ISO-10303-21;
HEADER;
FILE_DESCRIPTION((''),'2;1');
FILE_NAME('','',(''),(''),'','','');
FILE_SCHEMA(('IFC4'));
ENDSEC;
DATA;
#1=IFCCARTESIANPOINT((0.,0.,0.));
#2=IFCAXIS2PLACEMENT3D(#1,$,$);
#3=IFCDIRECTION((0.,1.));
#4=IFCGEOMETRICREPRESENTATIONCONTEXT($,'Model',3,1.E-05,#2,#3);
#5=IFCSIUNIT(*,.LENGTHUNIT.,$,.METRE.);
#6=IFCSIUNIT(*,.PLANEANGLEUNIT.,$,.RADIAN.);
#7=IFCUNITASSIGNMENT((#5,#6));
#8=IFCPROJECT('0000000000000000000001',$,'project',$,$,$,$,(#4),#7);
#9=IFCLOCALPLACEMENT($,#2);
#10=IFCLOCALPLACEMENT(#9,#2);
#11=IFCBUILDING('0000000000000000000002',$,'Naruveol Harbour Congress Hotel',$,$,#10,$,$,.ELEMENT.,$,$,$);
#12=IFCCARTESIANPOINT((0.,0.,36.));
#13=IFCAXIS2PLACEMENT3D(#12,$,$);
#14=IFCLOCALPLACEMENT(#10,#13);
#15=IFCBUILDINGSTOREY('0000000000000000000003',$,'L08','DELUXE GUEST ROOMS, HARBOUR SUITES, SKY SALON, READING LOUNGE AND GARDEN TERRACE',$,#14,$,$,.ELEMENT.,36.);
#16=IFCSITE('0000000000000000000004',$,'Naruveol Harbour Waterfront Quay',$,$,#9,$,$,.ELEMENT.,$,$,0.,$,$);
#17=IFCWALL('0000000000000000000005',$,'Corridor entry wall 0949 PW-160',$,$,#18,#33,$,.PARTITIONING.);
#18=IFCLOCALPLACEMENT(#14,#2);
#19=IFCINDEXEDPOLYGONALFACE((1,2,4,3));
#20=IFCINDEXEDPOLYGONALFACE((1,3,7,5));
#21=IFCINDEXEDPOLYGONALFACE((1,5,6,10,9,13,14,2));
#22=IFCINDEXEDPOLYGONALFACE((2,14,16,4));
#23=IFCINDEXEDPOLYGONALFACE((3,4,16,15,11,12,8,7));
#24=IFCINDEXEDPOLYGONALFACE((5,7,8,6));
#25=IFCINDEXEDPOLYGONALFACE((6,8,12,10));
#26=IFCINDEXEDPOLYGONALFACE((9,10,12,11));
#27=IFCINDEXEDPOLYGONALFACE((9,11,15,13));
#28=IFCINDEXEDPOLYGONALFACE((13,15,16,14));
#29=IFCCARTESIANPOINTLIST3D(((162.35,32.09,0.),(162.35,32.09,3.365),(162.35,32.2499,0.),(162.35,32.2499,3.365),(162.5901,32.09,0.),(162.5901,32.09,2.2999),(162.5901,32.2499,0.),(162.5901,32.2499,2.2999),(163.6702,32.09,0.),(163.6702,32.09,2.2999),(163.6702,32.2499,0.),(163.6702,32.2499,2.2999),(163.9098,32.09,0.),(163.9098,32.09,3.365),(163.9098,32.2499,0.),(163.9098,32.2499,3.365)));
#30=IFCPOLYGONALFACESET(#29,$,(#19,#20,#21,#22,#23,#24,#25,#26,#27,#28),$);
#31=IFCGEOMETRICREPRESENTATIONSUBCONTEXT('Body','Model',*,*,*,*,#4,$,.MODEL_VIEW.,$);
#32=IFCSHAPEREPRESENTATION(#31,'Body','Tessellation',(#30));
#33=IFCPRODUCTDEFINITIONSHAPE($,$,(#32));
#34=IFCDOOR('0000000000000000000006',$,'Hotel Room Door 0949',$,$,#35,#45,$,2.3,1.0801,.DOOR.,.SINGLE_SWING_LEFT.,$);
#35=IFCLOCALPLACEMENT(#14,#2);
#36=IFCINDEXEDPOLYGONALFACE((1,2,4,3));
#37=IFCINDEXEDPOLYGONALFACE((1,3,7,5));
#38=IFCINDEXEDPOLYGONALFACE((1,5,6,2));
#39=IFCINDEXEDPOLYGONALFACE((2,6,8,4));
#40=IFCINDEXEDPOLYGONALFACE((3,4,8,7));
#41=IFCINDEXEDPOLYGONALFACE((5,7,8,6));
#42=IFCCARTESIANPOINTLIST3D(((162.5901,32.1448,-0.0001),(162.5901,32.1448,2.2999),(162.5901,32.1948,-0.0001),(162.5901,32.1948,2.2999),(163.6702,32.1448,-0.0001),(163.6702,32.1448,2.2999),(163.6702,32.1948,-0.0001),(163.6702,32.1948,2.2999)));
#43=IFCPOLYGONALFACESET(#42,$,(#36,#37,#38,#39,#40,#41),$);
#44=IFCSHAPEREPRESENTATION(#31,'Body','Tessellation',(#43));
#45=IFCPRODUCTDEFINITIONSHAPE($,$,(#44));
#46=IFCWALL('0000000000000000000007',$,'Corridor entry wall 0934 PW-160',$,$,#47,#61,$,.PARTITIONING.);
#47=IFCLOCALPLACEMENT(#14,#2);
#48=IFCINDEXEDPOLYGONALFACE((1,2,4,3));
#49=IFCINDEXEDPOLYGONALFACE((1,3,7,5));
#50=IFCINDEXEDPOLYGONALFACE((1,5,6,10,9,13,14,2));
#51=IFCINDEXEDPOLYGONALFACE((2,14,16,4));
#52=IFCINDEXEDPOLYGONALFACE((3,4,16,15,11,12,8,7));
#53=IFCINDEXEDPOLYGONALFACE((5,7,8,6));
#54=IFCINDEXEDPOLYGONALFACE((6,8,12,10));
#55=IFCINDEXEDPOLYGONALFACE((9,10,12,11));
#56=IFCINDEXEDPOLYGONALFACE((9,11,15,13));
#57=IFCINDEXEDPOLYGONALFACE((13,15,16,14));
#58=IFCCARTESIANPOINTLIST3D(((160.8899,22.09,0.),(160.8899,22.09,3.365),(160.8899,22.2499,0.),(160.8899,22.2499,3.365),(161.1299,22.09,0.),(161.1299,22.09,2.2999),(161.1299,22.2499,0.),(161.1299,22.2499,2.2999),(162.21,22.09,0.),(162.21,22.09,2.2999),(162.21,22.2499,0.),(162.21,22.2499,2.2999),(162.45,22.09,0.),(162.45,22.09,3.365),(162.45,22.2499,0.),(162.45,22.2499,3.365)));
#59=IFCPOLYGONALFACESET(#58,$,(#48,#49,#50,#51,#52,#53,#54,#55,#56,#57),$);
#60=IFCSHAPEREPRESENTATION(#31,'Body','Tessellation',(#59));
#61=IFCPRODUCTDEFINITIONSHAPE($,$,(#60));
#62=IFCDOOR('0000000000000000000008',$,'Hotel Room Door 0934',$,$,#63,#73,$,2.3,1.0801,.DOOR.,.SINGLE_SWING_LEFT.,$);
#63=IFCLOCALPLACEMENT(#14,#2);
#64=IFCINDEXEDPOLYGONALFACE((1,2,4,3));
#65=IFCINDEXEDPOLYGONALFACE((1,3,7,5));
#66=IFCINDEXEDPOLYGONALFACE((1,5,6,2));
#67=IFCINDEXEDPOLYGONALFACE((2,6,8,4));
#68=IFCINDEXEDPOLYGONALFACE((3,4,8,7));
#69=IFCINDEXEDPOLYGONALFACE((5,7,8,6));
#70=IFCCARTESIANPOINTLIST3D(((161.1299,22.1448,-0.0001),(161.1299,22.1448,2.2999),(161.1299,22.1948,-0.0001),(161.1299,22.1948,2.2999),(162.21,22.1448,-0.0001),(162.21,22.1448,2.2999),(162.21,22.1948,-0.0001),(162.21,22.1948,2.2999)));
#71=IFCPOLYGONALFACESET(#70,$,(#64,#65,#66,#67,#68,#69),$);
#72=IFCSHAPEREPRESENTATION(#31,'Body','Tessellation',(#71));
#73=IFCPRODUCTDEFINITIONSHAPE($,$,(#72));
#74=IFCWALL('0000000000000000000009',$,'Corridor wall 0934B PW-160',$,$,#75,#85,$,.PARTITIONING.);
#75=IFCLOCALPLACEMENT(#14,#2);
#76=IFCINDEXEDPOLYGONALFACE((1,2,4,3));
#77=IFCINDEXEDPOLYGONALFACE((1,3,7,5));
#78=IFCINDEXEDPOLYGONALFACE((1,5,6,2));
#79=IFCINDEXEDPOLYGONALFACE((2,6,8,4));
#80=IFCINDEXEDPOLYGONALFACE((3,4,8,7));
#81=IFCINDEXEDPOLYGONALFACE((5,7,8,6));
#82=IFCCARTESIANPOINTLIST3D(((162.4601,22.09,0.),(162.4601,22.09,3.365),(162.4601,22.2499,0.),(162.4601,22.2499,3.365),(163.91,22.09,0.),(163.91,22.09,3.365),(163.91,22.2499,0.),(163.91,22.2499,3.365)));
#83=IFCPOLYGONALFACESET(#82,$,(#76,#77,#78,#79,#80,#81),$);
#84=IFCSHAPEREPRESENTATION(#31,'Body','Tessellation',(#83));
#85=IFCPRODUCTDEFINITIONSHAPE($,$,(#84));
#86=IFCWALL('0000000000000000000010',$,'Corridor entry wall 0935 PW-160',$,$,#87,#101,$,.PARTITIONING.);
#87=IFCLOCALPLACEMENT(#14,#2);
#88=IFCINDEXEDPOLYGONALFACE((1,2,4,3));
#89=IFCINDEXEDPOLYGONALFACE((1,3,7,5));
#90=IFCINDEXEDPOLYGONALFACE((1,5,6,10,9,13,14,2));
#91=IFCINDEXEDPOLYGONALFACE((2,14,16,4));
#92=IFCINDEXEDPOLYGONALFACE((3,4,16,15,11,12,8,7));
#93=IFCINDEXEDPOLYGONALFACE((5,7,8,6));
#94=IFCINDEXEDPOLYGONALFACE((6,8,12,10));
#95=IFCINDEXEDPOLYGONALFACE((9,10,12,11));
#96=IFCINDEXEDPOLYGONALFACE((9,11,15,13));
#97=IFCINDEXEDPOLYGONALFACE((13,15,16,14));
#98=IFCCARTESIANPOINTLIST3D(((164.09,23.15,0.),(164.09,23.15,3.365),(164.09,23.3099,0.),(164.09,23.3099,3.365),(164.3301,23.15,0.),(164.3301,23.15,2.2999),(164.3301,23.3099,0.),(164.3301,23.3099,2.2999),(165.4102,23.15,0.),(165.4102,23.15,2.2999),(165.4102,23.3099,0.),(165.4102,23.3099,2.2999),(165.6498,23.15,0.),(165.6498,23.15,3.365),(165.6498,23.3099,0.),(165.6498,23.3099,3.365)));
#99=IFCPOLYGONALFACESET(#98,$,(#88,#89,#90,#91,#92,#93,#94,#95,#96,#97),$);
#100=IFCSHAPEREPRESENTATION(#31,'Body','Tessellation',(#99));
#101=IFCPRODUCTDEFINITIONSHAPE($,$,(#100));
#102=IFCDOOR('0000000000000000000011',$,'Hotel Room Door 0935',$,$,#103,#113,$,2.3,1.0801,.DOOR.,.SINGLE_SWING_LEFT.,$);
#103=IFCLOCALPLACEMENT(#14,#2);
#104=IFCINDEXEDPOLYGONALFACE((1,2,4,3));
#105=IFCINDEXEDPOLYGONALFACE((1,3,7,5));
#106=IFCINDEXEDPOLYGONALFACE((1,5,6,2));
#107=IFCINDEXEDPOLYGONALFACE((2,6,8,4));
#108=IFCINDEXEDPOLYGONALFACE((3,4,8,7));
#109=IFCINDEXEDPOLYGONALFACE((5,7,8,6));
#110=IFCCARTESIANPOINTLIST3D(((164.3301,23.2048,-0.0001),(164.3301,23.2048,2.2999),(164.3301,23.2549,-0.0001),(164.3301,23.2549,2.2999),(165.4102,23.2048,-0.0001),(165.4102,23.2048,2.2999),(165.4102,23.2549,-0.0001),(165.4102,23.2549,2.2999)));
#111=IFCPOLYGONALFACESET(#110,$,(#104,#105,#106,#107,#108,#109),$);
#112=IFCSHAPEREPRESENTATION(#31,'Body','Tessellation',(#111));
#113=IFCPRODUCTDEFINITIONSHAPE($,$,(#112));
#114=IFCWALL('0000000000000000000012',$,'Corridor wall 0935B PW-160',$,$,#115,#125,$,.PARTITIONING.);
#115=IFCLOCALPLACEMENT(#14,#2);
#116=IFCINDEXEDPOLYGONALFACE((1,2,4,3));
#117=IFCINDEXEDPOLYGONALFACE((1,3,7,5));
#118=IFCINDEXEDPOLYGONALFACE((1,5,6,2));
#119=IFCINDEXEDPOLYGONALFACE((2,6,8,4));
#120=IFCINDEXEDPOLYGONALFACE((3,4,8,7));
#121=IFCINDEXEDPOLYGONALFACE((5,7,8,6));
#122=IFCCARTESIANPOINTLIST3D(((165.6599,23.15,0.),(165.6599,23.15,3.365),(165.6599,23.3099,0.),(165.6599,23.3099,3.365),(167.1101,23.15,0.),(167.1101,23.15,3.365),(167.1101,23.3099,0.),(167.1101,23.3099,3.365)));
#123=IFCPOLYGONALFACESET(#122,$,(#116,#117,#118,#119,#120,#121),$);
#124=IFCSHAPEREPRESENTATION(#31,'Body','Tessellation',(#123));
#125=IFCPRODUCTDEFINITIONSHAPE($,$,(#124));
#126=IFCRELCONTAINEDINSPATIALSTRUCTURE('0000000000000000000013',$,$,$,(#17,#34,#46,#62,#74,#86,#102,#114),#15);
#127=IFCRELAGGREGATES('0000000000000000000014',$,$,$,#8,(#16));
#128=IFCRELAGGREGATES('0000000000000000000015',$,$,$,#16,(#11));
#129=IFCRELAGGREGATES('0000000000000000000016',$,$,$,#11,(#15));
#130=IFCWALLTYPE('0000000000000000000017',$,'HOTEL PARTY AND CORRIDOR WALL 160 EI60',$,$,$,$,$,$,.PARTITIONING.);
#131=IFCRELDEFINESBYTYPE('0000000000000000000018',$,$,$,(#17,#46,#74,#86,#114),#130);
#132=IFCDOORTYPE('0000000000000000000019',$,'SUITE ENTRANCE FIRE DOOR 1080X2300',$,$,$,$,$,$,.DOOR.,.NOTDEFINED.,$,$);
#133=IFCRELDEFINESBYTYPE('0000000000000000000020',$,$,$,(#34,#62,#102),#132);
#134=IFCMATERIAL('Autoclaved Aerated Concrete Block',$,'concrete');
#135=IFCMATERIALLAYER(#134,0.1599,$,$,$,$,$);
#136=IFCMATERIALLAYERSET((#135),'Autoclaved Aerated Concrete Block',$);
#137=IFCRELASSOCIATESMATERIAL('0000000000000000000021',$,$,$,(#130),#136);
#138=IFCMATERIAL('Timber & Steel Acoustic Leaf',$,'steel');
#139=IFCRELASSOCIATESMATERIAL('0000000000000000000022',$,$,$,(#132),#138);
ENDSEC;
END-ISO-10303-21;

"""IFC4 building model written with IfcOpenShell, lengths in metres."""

from ifc_helpers import new_model, si_unit, direction, frame, frame_2d, origin, place, context, subcontext, project, spatial, rectangle, extrude, material, layer, layer_set, type_object, element, fill, save


model = new_model("IFC4")

# Units and contexts
model_context = context("Model", 3, precision=1e-05, world=origin(), true_north=direction((0.0, 1.0)))
body_context = subcontext(model_context, "Body", "Model", "MODEL_VIEW")
ifc_project = project(units=[si_unit("LENGTHUNIT", "METRE"), si_unit("PLANEANGLEUNIT", "RADIAN")], contexts=[model_context])

# Site, building, storey
site_placement = place(None, origin())
site = spatial("IfcSite", under=ifc_project, at=site_placement, Name="Naruveol Harbour Waterfront Quay", CompositionType="ELEMENT", RefElevation=0.0)
building_placement = place(site_placement, origin())
building = spatial("IfcBuilding", under=site, at=building_placement, Name="Naruveol Harbour Congress Hotel", CompositionType="ELEMENT")
storey_placement = place(building_placement, frame((0.0, 0.0, 36.0)))
storey = spatial("IfcBuildingStorey", under=building, at=storey_placement, Name="L08", Description="DELUXE GUEST ROOMS, HARBOUR SUITES, SKY SALON, READING LOUNGE AND GARDEN TERRACE", CompositionType="ELEMENT", Elevation=36.0)

# Shared definitions
ifc_material_1 = material(Name="Autoclaved Aerated Concrete Block", Category="concrete")
ifc_layer_1 = layer(ifc_material_1, 0.1599)
ifc_layer_set_1 = layer_set([ifc_layer_1], Name="Autoclaved Aerated Concrete Block")
wall_type_1 = type_object("IfcWallType", Name="HOTEL PARTY AND CORRIDOR WALL 160 EI60", PredefinedType="PARTITIONING", material=ifc_layer_set_1)

# Walls, openings, doors
wall_1_placement = place(storey_placement, frame((162.3501, 32.1699, 0.0), z_axis=(0.0, 0.0, 1.0), x_axis=(1.0, 0.0, 0.0)))
wall_1 = element("IfcWall", 1, at=wall_1_placement, inside=storey, type_object=wall_type_1, Name="Corridor entry wall 0949 PW-160", PredefinedType="PARTITIONING", context=body_context, shape_type="SweptSolid", body=[
    extrude(rectangle(XDim=1.5598, YDim=0.1599, at=frame_2d((0.7798, 0.0))), origin(), (0.0, 0.0, 1.0), 3.365),
])
opening_1_placement = place(wall_1_placement, frame((0.24, 0.0, 0.0)))
opening_1 = element("IfcOpeningElement", 2, at=opening_1_placement, cuts=wall_1, PredefinedType="OPENING", context=body_context, shape_type="SweptSolid", body=[
    extrude(rectangle(XDim=1.0801, YDim=2.3, at=frame_2d((0.54, 1.1499))), frame((0.0, 0.0898, 0.0), z_axis=(0.0, -1.0, 0.0), x_axis=(1.0, 0.0, 0.0)), (0.0, 0.0, 1.0), 0.1799),
])
ifc_material_2 = material(Name="Timber & Steel Acoustic Leaf", Category="steel")
door_type_1 = type_object("IfcDoorType", Name="SUITE ENTRANCE FIRE DOOR 1080X2300", OperationType="NOTDEFINED", PredefinedType="DOOR", material=ifc_material_2)
door_1_placement = place(opening_1_placement, origin())
door_1 = element("IfcDoor", 3, at=door_1_placement, inside=storey, type_object=door_type_1, Name="Hotel Room Door 0949", OperationType="SINGLE_SWING_LEFT", OverallHeight=2.3, OverallWidth=1.0801, PredefinedType="DOOR", context=body_context, shape_type="SweptSolid", body=[
    extrude(rectangle(XDim=1.0801, YDim=2.3, at=frame_2d((0.54, 1.1499))), frame((0.0, 0.0249, 0.0), z_axis=(0.0, -1.0, 0.0), x_axis=(1.0, 0.0, 0.0)), (0.0, 0.0, 1.0), 0.05),
])
fill(opening_1, door_1)
wall_2_placement = place(storey_placement, frame((160.8899, 22.1699, 0.0), z_axis=(0.0, 0.0, 1.0), x_axis=(1.0, 0.0, 0.0)))
wall_2 = element("IfcWall", 4, at=wall_2_placement, inside=storey, type_object=wall_type_1, Name="Corridor entry wall 0934 PW-160", PredefinedType="PARTITIONING", context=body_context, shape_type="SweptSolid", body=[
    extrude(rectangle(XDim=1.5601, YDim=0.1599, at=frame_2d((0.78, 0.0))), origin(), (0.0, 0.0, 1.0), 3.365),
])
opening_2_placement = place(wall_2_placement, frame((0.24, 0.0, 0.0)))
opening_2 = element("IfcOpeningElement", 5, at=opening_2_placement, cuts=wall_2, PredefinedType="OPENING", context=body_context, shape_type="SweptSolid", body=[
    extrude(rectangle(XDim=1.0801, YDim=2.3, at=frame_2d((0.54, 1.1499))), frame((0.0, 0.0898, 0.0), z_axis=(0.0, -1.0, 0.0), x_axis=(1.0, 0.0, 0.0)), (0.0, 0.0, 1.0), 0.1799),
])
door_2_placement = place(opening_2_placement, origin())
door_2 = element("IfcDoor", 6, at=door_2_placement, inside=storey, type_object=door_type_1, Name="Hotel Room Door 0934", OperationType="SINGLE_SWING_LEFT", OverallHeight=2.3, OverallWidth=1.0801, PredefinedType="DOOR", context=body_context, shape_type="SweptSolid", body=[
    extrude(rectangle(XDim=1.0801, YDim=2.3, at=frame_2d((0.54, 1.1499))), frame((0.0, 0.0249, 0.0), z_axis=(0.0, -1.0, 0.0), x_axis=(1.0, 0.0, 0.0)), (0.0, 0.0, 1.0), 0.05),
])
fill(opening_2, door_2)

# Wall
wall_3_placement = place(storey_placement, frame((162.46, 22.1699, 0.0), z_axis=(0.0, 0.0, 1.0), x_axis=(1.0, 0.0, 0.0)))
element("IfcWall", 7, at=wall_3_placement, inside=storey, type_object=wall_type_1, Name="Corridor wall 0934B PW-160", PredefinedType="PARTITIONING", context=body_context, shape_type="SweptSolid", body=[
    extrude(rectangle(XDim=1.45, YDim=0.1599, at=frame_2d((0.7251, 0.0))), origin(), (0.0, 0.0, 1.0), 3.365),
])

# Wall, opening, door
wall_4_placement = place(storey_placement, frame((164.0901, 23.23, 0.0), z_axis=(0.0, 0.0, 1.0), x_axis=(1.0, 0.0, 0.0)))
wall_4 = element("IfcWall", 8, at=wall_4_placement, inside=storey, type_object=wall_type_1, Name="Corridor entry wall 0935 PW-160", PredefinedType="PARTITIONING", context=body_context, shape_type="SweptSolid", body=[
    extrude(rectangle(XDim=1.5598, YDim=0.1599, at=frame_2d((0.7798, 0.0))), origin(), (0.0, 0.0, 1.0), 3.365),
])
opening_3_placement = place(wall_4_placement, frame((0.24, 0.0, 0.0)))
opening_3 = element("IfcOpeningElement", 9, at=opening_3_placement, cuts=wall_4, PredefinedType="OPENING", context=body_context, shape_type="SweptSolid", body=[
    extrude(rectangle(XDim=1.0801, YDim=2.3, at=frame_2d((0.54, 1.1499))), frame((0.0, 0.0898, 0.0), z_axis=(0.0, -1.0, 0.0), x_axis=(1.0, 0.0, 0.0)), (0.0, 0.0, 1.0), 0.1799),
])
door_3_placement = place(opening_3_placement, origin())
door_3 = element("IfcDoor", 10, at=door_3_placement, inside=storey, type_object=door_type_1, Name="Hotel Room Door 0935", OperationType="SINGLE_SWING_LEFT", OverallHeight=2.3, OverallWidth=1.0801, PredefinedType="DOOR", context=body_context, shape_type="SweptSolid", body=[
    extrude(rectangle(XDim=1.0801, YDim=2.3, at=frame_2d((0.54, 1.1499))), frame((0.0, 0.0249, 0.0), z_axis=(0.0, -1.0, 0.0), x_axis=(1.0, 0.0, 0.0)), (0.0, 0.0, 1.0), 0.05),
])
fill(opening_3, door_3)

# Wall
wall_5_placement = place(storey_placement, frame((165.6599, 23.23, 0.0), z_axis=(0.0, 0.0, 1.0), x_axis=(1.0, 0.0, 0.0)))
element("IfcWall", 11, at=wall_5_placement, inside=storey, type_object=wall_type_1, Name="Corridor wall 0935B PW-160", PredefinedType="PARTITIONING", context=body_context, shape_type="SweptSolid", body=[
    extrude(rectangle(XDim=1.4502, YDim=0.1599, at=frame_2d((0.7251, 0.0))), origin(), (0.0, 0.0, 1.0), 3.365),
])

save(model, "model.ifc")
